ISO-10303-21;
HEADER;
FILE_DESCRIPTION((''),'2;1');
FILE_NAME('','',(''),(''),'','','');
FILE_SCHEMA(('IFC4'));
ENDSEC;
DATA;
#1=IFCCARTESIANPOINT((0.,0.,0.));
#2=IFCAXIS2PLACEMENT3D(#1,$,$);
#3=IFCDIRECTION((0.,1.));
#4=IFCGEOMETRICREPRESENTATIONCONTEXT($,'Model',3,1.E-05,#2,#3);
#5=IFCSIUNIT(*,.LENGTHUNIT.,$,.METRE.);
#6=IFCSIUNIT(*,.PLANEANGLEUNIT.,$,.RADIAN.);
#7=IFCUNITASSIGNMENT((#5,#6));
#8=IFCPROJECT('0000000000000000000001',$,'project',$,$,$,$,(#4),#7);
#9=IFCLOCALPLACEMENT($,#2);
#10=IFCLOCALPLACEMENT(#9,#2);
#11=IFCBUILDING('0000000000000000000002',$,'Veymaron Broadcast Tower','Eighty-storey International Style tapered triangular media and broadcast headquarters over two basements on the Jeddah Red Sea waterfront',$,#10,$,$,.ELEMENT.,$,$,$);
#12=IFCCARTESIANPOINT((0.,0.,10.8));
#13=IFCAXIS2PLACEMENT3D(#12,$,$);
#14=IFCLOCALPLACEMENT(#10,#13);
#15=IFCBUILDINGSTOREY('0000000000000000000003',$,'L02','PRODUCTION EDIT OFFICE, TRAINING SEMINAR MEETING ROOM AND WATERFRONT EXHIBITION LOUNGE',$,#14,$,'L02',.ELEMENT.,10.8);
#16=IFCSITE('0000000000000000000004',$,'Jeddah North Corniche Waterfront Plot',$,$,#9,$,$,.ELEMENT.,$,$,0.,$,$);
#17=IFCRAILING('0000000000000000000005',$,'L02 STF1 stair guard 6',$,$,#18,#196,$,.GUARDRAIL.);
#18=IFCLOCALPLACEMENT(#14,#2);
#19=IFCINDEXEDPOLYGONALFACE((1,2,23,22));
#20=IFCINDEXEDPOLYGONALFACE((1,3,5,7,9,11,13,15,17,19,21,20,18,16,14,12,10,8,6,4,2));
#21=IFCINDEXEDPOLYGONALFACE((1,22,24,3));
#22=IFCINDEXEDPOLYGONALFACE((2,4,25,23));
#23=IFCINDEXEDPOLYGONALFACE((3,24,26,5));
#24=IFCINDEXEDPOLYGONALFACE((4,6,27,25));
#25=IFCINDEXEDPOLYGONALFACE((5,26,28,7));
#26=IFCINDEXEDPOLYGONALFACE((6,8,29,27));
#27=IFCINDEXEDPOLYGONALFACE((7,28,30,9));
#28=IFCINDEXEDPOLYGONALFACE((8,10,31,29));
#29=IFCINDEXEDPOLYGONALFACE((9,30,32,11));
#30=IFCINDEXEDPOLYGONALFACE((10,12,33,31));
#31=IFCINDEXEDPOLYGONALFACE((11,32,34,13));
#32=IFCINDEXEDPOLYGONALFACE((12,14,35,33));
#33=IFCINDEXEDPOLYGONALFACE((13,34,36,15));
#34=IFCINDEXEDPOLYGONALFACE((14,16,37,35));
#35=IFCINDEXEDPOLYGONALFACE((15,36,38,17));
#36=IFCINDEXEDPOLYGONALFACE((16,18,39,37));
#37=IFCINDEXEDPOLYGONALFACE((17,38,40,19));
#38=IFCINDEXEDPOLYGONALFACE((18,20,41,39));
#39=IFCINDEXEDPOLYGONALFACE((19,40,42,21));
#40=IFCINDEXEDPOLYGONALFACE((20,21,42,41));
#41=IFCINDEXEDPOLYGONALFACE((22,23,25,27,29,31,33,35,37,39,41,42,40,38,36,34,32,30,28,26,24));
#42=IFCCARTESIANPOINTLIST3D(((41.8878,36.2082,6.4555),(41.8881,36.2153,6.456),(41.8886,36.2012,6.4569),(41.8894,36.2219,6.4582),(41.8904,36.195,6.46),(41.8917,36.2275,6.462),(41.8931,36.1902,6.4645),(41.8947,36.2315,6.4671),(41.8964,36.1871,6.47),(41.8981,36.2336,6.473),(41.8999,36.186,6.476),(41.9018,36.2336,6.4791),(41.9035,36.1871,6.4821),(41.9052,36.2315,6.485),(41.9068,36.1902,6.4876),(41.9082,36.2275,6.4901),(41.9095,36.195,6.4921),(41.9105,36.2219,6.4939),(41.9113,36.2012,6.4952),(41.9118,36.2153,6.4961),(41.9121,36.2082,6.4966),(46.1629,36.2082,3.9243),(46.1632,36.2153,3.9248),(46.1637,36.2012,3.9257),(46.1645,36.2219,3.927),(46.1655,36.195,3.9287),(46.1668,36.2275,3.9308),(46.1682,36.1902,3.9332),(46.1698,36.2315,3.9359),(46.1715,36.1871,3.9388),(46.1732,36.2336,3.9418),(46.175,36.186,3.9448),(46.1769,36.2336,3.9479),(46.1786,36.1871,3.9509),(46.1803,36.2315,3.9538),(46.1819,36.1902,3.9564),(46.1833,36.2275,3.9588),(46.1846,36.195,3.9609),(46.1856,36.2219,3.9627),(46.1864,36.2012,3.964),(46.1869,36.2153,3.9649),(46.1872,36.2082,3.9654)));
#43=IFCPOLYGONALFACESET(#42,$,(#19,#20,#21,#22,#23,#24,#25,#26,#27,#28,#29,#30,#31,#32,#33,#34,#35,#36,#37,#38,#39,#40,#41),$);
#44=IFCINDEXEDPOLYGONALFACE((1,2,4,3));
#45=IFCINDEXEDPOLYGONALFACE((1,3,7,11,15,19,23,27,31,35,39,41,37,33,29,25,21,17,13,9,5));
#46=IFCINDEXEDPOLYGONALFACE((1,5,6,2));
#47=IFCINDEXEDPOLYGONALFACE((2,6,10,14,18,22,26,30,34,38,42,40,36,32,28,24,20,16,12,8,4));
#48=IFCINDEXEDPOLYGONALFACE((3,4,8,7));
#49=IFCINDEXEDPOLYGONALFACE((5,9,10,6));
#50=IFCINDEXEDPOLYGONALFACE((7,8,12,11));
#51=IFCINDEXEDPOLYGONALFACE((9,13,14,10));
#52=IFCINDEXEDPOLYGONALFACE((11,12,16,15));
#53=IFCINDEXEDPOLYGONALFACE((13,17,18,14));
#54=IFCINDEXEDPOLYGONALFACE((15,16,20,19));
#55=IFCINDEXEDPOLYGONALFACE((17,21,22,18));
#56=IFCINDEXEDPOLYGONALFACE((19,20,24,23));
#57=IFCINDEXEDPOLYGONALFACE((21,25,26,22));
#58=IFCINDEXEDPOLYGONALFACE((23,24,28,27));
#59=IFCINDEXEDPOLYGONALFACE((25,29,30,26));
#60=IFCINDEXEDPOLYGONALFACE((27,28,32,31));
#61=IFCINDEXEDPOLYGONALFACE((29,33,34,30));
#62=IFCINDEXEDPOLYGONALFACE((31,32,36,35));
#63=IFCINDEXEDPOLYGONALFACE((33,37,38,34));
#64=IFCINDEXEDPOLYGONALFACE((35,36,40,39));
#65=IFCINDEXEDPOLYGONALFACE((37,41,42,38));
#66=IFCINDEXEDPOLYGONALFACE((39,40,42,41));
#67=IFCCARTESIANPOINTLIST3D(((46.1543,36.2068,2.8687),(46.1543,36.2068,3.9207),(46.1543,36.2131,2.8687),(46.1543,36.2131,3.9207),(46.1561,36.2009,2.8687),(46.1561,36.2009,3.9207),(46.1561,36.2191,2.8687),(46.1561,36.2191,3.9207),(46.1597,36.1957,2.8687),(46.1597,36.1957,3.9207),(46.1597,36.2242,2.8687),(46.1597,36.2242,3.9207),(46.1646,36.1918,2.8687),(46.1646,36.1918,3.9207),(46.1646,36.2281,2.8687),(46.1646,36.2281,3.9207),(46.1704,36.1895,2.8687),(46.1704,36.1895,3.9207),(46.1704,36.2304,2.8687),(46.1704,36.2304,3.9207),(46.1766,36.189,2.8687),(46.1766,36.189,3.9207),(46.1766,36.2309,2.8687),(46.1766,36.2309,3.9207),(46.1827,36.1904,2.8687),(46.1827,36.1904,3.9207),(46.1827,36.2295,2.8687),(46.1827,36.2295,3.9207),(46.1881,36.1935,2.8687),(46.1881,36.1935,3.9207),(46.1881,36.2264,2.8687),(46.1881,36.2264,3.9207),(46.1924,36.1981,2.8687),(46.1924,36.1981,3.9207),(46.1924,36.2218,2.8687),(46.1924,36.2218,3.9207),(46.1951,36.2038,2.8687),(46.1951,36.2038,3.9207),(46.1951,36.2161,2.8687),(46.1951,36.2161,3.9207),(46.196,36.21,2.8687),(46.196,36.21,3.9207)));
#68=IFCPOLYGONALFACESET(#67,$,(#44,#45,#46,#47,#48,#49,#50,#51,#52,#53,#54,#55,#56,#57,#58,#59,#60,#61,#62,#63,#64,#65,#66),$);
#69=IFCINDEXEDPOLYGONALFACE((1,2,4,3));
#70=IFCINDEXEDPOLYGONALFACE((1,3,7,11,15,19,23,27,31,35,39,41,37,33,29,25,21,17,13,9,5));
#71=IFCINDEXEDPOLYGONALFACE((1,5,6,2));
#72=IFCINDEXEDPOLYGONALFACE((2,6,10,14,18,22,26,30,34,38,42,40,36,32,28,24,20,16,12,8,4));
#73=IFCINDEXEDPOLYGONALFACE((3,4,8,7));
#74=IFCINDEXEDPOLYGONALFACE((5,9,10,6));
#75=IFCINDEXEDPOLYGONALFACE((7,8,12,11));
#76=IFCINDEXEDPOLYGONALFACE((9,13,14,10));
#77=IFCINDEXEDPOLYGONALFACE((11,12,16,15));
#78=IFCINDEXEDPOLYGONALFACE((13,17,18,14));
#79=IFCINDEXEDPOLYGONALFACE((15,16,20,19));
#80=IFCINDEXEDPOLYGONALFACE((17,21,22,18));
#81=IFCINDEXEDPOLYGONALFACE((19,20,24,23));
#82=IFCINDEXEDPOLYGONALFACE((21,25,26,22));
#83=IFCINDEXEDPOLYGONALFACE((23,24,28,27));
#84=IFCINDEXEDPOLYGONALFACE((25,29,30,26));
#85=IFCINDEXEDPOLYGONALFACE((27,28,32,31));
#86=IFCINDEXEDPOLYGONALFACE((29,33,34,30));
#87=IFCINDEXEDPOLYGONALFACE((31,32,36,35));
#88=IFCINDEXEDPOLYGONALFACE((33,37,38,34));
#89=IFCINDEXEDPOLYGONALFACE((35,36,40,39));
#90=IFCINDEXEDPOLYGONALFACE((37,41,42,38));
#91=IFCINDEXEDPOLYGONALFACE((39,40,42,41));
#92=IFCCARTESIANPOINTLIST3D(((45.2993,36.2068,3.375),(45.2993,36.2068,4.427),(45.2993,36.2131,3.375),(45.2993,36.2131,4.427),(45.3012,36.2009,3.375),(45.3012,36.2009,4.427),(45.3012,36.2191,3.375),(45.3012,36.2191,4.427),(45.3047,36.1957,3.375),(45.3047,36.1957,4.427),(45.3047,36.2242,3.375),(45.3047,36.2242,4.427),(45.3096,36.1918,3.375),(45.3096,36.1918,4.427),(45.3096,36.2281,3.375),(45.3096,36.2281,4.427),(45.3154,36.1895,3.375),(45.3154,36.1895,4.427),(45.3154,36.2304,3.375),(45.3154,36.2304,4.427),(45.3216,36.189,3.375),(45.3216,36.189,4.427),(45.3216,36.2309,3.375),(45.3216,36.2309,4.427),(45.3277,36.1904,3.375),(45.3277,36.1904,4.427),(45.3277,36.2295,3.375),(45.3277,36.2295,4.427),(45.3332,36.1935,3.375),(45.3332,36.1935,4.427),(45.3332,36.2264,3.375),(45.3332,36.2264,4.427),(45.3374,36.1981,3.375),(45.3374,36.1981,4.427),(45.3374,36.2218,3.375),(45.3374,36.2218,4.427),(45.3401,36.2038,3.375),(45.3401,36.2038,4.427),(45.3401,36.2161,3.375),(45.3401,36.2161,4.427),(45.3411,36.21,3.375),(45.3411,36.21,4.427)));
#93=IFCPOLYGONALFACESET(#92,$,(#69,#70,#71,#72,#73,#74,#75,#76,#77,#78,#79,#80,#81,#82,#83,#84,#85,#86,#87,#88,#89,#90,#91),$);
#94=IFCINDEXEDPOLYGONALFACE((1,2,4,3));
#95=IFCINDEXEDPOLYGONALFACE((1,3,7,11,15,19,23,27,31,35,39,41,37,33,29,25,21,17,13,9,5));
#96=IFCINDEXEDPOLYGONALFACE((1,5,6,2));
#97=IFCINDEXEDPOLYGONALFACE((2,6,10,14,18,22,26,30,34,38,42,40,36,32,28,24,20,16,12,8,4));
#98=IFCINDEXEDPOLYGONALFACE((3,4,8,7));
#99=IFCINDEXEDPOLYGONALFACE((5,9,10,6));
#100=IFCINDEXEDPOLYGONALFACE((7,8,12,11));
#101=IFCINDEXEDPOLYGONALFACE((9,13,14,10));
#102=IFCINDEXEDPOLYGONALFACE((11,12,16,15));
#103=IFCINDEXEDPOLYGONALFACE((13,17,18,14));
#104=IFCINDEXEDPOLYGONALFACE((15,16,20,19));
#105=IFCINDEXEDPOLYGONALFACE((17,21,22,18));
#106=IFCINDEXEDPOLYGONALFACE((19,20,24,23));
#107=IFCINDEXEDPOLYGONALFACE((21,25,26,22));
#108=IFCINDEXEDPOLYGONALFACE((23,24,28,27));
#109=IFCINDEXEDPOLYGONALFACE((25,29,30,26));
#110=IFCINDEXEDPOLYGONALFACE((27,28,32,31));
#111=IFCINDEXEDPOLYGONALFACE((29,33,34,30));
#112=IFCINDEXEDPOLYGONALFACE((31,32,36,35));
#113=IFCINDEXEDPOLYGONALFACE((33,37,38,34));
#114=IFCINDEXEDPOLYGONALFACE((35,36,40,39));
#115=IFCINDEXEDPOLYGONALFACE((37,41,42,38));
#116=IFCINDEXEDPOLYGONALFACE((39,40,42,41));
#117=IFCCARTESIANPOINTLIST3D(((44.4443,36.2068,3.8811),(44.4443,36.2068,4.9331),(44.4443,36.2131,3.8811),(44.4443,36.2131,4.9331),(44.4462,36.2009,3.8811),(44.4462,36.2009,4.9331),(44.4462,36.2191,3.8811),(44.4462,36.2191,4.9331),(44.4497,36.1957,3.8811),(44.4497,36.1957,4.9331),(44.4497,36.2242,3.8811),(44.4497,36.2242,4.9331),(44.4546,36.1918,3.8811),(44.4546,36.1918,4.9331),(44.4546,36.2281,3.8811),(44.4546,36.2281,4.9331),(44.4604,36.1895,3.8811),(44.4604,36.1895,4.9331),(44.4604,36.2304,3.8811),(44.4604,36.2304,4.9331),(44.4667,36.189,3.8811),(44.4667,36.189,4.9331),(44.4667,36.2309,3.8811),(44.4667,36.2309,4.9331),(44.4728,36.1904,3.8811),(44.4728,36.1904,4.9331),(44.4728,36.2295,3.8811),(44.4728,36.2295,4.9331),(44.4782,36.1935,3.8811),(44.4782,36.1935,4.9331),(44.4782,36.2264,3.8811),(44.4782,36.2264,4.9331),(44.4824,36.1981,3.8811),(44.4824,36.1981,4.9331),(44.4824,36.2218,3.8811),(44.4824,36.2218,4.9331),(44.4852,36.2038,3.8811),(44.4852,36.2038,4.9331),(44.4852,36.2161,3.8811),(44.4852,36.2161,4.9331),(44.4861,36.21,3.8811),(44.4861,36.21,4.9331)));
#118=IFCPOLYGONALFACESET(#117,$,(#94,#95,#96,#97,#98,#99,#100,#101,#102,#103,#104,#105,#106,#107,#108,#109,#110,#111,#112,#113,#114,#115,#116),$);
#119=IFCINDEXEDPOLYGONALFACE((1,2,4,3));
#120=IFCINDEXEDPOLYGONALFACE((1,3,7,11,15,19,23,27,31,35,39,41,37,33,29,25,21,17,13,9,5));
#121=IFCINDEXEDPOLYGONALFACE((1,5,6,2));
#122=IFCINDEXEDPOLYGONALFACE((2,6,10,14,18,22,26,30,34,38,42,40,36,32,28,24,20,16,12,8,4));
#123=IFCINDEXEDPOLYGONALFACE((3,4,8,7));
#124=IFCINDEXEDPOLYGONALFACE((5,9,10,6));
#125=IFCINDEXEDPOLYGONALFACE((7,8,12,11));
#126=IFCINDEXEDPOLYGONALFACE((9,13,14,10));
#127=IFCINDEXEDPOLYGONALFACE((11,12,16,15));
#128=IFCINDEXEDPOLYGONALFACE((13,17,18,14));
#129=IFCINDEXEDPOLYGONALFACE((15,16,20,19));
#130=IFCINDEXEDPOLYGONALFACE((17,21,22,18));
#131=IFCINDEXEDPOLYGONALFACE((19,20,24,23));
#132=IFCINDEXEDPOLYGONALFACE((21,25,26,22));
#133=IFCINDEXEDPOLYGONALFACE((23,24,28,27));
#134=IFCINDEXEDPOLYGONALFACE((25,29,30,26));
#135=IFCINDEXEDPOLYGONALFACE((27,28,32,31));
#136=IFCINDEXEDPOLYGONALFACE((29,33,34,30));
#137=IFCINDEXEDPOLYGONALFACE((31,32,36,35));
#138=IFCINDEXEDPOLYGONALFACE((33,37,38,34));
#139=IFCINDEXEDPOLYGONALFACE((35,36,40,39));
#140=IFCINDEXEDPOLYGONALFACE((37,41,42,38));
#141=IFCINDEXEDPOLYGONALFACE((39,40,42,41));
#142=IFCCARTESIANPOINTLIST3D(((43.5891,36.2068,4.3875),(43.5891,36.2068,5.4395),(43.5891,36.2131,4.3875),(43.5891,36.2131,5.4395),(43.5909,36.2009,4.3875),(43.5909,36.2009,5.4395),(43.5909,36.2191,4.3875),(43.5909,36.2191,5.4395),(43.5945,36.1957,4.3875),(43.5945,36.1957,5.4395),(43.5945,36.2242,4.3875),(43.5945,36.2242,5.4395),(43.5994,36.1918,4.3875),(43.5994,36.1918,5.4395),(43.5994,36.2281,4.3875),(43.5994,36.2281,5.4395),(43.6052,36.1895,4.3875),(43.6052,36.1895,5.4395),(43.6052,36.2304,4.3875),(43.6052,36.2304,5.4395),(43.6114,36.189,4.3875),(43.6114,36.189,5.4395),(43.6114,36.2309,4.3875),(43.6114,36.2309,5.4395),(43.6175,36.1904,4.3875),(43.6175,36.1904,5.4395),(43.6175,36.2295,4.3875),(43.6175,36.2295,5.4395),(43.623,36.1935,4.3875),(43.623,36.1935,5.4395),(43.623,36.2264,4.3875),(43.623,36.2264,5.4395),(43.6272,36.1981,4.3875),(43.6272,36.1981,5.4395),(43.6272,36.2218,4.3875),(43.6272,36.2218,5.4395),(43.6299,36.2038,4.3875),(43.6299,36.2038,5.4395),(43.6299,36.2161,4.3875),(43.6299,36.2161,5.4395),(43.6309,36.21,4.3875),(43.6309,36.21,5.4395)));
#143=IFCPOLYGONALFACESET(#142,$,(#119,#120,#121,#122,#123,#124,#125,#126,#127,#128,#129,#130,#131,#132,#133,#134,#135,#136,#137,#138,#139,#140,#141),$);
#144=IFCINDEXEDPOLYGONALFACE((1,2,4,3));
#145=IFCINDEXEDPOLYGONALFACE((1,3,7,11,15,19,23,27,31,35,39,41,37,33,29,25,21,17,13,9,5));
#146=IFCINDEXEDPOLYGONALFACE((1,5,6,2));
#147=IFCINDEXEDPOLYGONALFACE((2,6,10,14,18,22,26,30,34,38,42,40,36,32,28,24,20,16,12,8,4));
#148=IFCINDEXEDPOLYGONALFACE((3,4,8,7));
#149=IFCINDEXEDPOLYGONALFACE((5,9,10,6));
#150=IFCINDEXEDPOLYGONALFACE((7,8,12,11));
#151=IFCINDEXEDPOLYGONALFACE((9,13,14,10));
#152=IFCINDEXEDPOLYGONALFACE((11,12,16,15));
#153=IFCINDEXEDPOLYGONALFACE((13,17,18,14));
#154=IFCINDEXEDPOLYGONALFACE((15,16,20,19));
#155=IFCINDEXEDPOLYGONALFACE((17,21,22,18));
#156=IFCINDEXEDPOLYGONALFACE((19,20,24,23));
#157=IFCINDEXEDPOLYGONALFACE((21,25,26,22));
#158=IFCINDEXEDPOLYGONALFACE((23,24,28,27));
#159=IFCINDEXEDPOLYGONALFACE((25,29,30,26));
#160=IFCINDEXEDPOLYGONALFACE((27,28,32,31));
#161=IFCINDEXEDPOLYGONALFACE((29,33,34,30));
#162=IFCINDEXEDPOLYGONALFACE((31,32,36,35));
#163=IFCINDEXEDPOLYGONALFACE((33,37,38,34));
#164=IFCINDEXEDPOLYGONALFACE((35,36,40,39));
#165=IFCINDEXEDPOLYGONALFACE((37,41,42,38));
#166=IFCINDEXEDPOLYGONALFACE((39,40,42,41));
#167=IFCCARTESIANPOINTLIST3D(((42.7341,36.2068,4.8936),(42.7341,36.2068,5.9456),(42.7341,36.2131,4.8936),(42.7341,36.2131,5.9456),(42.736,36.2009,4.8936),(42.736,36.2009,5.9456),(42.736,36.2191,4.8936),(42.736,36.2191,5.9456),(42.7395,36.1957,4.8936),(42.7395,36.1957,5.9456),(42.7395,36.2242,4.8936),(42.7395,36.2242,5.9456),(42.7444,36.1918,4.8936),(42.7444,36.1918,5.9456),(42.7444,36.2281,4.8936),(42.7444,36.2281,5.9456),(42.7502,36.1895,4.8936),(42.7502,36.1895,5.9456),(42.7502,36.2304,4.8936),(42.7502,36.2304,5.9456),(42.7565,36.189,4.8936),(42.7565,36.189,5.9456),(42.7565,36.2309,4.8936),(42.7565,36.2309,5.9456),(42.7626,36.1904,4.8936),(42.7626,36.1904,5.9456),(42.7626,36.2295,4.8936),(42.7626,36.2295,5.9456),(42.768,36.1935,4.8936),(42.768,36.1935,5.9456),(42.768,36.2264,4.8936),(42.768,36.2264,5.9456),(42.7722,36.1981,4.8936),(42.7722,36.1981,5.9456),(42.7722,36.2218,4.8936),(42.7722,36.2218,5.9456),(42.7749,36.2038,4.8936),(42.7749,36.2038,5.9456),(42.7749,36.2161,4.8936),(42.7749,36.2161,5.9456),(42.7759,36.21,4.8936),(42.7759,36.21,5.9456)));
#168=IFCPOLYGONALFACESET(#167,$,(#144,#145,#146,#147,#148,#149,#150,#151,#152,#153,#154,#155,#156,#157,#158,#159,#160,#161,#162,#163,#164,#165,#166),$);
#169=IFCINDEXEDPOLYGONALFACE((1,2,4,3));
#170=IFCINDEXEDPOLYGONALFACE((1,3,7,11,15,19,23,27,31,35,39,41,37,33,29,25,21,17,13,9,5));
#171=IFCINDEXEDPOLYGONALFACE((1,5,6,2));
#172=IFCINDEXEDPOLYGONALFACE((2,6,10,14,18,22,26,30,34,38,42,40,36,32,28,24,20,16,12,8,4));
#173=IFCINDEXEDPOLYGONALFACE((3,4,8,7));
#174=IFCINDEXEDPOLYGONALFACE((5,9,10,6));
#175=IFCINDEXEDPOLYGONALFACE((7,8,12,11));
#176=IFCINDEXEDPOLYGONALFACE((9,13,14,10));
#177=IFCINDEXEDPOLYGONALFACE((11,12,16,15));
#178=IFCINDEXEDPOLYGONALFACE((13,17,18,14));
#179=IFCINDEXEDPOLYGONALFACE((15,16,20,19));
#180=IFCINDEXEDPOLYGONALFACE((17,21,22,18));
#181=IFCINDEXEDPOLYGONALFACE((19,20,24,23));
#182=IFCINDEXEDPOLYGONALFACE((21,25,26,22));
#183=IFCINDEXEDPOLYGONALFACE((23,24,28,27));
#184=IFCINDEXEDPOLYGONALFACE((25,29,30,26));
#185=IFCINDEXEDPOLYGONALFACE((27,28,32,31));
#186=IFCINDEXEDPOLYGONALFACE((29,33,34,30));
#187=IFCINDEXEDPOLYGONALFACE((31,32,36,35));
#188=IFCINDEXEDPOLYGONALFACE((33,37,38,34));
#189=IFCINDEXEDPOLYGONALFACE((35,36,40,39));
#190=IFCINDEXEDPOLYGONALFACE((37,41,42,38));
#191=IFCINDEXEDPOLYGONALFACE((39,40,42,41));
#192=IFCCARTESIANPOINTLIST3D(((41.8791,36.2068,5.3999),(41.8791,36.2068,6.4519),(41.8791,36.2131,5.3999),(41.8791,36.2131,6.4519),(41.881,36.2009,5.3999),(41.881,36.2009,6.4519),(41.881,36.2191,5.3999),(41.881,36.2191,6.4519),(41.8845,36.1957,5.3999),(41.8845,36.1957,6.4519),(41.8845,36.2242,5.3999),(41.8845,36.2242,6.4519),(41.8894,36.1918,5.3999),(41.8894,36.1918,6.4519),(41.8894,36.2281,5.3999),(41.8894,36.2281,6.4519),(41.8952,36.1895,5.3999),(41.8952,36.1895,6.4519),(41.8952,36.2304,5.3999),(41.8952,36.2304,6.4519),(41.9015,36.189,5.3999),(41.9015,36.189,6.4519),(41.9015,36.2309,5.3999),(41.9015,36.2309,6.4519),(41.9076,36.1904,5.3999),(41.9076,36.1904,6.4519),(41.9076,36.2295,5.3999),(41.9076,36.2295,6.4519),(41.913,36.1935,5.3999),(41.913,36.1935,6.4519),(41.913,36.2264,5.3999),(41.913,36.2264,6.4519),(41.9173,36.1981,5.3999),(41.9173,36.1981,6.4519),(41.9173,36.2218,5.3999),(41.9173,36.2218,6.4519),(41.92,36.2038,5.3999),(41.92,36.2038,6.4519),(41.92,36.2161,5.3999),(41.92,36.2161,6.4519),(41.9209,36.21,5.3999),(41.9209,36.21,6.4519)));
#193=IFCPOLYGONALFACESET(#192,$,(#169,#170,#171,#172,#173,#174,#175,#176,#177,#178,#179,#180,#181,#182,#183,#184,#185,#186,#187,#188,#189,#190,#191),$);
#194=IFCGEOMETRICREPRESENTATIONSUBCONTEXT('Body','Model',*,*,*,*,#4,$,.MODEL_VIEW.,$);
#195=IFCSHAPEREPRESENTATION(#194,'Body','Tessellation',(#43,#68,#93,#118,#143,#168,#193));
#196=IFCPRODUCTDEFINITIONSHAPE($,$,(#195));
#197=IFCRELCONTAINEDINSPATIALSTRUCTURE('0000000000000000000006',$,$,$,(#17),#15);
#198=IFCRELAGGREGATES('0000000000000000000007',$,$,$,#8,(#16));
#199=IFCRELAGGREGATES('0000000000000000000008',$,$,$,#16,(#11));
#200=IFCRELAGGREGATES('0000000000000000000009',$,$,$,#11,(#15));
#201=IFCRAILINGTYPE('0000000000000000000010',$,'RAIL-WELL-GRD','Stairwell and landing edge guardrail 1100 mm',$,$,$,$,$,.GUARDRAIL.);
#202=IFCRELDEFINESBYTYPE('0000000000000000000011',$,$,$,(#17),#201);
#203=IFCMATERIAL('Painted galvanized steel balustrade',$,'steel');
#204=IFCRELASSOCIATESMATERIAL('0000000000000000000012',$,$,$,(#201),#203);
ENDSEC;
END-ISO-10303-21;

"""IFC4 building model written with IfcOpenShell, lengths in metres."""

from ifc_helpers import new_model, si_unit, direction, frame, origin, origin_2d, place, context, subcontext, project, spatial, circle, extrude, material, type_object, element, save


model = new_model("IFC4")

# Units and contexts
model_context = context("Model", 3, precision=1e-05, world=origin(), true_north=direction((0.0, 1.0)))
body_context = subcontext(model_context, "Body", "Model", "MODEL_VIEW")
ifc_project = project(units=[si_unit("LENGTHUNIT", "METRE"), si_unit("PLANEANGLEUNIT", "RADIAN")], contexts=[model_context])

# Site, building, storey
site_placement = place(None, origin())
site = spatial("IfcSite", under=ifc_project, at=site_placement, Name="Jeddah North Corniche Waterfront Plot", CompositionType="ELEMENT", RefElevation=0.0)
building_placement = place(site_placement, origin())
building = spatial("IfcBuilding", under=site, at=building_placement, Name="Veymaron Broadcast Tower", Description="Eighty-storey International Style tapered triangular media and broadcast headquarters over two basements on the Jeddah Red Sea waterfront", CompositionType="ELEMENT")
storey_placement = place(building_placement, frame((0.0, 0.0, 10.8)))
storey = spatial("IfcBuildingStorey", under=building, at=storey_placement, Name="L02", Description="PRODUCTION EDIT OFFICE, TRAINING SEMINAR MEETING ROOM AND WATERFRONT EXHIBITION LOUNGE", LongName="L02", CompositionType="ELEMENT", Elevation=10.8)

# Railing
ifc_material_1 = material(Name="Painted galvanized steel balustrade", Category="steel")
railing_type_1 = type_object("IfcRailingType", Name="RAIL-WELL-GRD", Description="Stairwell and landing edge guardrail 1100 mm", PredefinedType="GUARDRAIL", material=ifc_material_1)
railing_1_placement = place(storey_placement, frame((46.175, 36.21, 2.8687)))
element("IfcRailing", 1, at=railing_1_placement, inside=storey, type_object=railing_type_1, Name="L02 STF1 stair guard 6", PredefinedType="GUARDRAIL", context=body_context, shape_type="SweptSolid", body=[
    extrude(circle(Radius=0.0239, at=origin_2d()), frame((0.0, 0.0, 1.0762), z_axis=(-0.860483, 0.0, 0.509479), x_axis=(0.0, -1.0, 0.0)), (0.0, 0.0, 1.0), 4.9683),
    extrude(circle(Radius=0.021, at=origin_2d()), origin(), (0.0, 0.0, 1.0), 1.052),
    extrude(circle(Radius=0.021, at=origin_2d()), frame((-0.855, 0.0, 0.5063)), (0.0, 0.0, 1.0), 1.052),
    extrude(circle(Radius=0.021, at=origin_2d()), frame((-1.71, 0.0, 1.0125)), (0.0, 0.0, 1.0), 1.052),
    extrude(circle(Radius=0.021, at=origin_2d()), frame((-2.5652, 0.0, 1.5188)), (0.0, 0.0, 1.0), 1.052),
    extrude(circle(Radius=0.021, at=origin_2d()), frame((-3.4202, 0.0, 2.0249)), (0.0, 0.0, 1.0), 1.052),
    extrude(circle(Radius=0.021, at=origin_2d()), frame((-4.2751, 0.0, 2.5312)), (0.0, 0.0, 1.0), 1.052),
])

save(model, "model.ifc")
